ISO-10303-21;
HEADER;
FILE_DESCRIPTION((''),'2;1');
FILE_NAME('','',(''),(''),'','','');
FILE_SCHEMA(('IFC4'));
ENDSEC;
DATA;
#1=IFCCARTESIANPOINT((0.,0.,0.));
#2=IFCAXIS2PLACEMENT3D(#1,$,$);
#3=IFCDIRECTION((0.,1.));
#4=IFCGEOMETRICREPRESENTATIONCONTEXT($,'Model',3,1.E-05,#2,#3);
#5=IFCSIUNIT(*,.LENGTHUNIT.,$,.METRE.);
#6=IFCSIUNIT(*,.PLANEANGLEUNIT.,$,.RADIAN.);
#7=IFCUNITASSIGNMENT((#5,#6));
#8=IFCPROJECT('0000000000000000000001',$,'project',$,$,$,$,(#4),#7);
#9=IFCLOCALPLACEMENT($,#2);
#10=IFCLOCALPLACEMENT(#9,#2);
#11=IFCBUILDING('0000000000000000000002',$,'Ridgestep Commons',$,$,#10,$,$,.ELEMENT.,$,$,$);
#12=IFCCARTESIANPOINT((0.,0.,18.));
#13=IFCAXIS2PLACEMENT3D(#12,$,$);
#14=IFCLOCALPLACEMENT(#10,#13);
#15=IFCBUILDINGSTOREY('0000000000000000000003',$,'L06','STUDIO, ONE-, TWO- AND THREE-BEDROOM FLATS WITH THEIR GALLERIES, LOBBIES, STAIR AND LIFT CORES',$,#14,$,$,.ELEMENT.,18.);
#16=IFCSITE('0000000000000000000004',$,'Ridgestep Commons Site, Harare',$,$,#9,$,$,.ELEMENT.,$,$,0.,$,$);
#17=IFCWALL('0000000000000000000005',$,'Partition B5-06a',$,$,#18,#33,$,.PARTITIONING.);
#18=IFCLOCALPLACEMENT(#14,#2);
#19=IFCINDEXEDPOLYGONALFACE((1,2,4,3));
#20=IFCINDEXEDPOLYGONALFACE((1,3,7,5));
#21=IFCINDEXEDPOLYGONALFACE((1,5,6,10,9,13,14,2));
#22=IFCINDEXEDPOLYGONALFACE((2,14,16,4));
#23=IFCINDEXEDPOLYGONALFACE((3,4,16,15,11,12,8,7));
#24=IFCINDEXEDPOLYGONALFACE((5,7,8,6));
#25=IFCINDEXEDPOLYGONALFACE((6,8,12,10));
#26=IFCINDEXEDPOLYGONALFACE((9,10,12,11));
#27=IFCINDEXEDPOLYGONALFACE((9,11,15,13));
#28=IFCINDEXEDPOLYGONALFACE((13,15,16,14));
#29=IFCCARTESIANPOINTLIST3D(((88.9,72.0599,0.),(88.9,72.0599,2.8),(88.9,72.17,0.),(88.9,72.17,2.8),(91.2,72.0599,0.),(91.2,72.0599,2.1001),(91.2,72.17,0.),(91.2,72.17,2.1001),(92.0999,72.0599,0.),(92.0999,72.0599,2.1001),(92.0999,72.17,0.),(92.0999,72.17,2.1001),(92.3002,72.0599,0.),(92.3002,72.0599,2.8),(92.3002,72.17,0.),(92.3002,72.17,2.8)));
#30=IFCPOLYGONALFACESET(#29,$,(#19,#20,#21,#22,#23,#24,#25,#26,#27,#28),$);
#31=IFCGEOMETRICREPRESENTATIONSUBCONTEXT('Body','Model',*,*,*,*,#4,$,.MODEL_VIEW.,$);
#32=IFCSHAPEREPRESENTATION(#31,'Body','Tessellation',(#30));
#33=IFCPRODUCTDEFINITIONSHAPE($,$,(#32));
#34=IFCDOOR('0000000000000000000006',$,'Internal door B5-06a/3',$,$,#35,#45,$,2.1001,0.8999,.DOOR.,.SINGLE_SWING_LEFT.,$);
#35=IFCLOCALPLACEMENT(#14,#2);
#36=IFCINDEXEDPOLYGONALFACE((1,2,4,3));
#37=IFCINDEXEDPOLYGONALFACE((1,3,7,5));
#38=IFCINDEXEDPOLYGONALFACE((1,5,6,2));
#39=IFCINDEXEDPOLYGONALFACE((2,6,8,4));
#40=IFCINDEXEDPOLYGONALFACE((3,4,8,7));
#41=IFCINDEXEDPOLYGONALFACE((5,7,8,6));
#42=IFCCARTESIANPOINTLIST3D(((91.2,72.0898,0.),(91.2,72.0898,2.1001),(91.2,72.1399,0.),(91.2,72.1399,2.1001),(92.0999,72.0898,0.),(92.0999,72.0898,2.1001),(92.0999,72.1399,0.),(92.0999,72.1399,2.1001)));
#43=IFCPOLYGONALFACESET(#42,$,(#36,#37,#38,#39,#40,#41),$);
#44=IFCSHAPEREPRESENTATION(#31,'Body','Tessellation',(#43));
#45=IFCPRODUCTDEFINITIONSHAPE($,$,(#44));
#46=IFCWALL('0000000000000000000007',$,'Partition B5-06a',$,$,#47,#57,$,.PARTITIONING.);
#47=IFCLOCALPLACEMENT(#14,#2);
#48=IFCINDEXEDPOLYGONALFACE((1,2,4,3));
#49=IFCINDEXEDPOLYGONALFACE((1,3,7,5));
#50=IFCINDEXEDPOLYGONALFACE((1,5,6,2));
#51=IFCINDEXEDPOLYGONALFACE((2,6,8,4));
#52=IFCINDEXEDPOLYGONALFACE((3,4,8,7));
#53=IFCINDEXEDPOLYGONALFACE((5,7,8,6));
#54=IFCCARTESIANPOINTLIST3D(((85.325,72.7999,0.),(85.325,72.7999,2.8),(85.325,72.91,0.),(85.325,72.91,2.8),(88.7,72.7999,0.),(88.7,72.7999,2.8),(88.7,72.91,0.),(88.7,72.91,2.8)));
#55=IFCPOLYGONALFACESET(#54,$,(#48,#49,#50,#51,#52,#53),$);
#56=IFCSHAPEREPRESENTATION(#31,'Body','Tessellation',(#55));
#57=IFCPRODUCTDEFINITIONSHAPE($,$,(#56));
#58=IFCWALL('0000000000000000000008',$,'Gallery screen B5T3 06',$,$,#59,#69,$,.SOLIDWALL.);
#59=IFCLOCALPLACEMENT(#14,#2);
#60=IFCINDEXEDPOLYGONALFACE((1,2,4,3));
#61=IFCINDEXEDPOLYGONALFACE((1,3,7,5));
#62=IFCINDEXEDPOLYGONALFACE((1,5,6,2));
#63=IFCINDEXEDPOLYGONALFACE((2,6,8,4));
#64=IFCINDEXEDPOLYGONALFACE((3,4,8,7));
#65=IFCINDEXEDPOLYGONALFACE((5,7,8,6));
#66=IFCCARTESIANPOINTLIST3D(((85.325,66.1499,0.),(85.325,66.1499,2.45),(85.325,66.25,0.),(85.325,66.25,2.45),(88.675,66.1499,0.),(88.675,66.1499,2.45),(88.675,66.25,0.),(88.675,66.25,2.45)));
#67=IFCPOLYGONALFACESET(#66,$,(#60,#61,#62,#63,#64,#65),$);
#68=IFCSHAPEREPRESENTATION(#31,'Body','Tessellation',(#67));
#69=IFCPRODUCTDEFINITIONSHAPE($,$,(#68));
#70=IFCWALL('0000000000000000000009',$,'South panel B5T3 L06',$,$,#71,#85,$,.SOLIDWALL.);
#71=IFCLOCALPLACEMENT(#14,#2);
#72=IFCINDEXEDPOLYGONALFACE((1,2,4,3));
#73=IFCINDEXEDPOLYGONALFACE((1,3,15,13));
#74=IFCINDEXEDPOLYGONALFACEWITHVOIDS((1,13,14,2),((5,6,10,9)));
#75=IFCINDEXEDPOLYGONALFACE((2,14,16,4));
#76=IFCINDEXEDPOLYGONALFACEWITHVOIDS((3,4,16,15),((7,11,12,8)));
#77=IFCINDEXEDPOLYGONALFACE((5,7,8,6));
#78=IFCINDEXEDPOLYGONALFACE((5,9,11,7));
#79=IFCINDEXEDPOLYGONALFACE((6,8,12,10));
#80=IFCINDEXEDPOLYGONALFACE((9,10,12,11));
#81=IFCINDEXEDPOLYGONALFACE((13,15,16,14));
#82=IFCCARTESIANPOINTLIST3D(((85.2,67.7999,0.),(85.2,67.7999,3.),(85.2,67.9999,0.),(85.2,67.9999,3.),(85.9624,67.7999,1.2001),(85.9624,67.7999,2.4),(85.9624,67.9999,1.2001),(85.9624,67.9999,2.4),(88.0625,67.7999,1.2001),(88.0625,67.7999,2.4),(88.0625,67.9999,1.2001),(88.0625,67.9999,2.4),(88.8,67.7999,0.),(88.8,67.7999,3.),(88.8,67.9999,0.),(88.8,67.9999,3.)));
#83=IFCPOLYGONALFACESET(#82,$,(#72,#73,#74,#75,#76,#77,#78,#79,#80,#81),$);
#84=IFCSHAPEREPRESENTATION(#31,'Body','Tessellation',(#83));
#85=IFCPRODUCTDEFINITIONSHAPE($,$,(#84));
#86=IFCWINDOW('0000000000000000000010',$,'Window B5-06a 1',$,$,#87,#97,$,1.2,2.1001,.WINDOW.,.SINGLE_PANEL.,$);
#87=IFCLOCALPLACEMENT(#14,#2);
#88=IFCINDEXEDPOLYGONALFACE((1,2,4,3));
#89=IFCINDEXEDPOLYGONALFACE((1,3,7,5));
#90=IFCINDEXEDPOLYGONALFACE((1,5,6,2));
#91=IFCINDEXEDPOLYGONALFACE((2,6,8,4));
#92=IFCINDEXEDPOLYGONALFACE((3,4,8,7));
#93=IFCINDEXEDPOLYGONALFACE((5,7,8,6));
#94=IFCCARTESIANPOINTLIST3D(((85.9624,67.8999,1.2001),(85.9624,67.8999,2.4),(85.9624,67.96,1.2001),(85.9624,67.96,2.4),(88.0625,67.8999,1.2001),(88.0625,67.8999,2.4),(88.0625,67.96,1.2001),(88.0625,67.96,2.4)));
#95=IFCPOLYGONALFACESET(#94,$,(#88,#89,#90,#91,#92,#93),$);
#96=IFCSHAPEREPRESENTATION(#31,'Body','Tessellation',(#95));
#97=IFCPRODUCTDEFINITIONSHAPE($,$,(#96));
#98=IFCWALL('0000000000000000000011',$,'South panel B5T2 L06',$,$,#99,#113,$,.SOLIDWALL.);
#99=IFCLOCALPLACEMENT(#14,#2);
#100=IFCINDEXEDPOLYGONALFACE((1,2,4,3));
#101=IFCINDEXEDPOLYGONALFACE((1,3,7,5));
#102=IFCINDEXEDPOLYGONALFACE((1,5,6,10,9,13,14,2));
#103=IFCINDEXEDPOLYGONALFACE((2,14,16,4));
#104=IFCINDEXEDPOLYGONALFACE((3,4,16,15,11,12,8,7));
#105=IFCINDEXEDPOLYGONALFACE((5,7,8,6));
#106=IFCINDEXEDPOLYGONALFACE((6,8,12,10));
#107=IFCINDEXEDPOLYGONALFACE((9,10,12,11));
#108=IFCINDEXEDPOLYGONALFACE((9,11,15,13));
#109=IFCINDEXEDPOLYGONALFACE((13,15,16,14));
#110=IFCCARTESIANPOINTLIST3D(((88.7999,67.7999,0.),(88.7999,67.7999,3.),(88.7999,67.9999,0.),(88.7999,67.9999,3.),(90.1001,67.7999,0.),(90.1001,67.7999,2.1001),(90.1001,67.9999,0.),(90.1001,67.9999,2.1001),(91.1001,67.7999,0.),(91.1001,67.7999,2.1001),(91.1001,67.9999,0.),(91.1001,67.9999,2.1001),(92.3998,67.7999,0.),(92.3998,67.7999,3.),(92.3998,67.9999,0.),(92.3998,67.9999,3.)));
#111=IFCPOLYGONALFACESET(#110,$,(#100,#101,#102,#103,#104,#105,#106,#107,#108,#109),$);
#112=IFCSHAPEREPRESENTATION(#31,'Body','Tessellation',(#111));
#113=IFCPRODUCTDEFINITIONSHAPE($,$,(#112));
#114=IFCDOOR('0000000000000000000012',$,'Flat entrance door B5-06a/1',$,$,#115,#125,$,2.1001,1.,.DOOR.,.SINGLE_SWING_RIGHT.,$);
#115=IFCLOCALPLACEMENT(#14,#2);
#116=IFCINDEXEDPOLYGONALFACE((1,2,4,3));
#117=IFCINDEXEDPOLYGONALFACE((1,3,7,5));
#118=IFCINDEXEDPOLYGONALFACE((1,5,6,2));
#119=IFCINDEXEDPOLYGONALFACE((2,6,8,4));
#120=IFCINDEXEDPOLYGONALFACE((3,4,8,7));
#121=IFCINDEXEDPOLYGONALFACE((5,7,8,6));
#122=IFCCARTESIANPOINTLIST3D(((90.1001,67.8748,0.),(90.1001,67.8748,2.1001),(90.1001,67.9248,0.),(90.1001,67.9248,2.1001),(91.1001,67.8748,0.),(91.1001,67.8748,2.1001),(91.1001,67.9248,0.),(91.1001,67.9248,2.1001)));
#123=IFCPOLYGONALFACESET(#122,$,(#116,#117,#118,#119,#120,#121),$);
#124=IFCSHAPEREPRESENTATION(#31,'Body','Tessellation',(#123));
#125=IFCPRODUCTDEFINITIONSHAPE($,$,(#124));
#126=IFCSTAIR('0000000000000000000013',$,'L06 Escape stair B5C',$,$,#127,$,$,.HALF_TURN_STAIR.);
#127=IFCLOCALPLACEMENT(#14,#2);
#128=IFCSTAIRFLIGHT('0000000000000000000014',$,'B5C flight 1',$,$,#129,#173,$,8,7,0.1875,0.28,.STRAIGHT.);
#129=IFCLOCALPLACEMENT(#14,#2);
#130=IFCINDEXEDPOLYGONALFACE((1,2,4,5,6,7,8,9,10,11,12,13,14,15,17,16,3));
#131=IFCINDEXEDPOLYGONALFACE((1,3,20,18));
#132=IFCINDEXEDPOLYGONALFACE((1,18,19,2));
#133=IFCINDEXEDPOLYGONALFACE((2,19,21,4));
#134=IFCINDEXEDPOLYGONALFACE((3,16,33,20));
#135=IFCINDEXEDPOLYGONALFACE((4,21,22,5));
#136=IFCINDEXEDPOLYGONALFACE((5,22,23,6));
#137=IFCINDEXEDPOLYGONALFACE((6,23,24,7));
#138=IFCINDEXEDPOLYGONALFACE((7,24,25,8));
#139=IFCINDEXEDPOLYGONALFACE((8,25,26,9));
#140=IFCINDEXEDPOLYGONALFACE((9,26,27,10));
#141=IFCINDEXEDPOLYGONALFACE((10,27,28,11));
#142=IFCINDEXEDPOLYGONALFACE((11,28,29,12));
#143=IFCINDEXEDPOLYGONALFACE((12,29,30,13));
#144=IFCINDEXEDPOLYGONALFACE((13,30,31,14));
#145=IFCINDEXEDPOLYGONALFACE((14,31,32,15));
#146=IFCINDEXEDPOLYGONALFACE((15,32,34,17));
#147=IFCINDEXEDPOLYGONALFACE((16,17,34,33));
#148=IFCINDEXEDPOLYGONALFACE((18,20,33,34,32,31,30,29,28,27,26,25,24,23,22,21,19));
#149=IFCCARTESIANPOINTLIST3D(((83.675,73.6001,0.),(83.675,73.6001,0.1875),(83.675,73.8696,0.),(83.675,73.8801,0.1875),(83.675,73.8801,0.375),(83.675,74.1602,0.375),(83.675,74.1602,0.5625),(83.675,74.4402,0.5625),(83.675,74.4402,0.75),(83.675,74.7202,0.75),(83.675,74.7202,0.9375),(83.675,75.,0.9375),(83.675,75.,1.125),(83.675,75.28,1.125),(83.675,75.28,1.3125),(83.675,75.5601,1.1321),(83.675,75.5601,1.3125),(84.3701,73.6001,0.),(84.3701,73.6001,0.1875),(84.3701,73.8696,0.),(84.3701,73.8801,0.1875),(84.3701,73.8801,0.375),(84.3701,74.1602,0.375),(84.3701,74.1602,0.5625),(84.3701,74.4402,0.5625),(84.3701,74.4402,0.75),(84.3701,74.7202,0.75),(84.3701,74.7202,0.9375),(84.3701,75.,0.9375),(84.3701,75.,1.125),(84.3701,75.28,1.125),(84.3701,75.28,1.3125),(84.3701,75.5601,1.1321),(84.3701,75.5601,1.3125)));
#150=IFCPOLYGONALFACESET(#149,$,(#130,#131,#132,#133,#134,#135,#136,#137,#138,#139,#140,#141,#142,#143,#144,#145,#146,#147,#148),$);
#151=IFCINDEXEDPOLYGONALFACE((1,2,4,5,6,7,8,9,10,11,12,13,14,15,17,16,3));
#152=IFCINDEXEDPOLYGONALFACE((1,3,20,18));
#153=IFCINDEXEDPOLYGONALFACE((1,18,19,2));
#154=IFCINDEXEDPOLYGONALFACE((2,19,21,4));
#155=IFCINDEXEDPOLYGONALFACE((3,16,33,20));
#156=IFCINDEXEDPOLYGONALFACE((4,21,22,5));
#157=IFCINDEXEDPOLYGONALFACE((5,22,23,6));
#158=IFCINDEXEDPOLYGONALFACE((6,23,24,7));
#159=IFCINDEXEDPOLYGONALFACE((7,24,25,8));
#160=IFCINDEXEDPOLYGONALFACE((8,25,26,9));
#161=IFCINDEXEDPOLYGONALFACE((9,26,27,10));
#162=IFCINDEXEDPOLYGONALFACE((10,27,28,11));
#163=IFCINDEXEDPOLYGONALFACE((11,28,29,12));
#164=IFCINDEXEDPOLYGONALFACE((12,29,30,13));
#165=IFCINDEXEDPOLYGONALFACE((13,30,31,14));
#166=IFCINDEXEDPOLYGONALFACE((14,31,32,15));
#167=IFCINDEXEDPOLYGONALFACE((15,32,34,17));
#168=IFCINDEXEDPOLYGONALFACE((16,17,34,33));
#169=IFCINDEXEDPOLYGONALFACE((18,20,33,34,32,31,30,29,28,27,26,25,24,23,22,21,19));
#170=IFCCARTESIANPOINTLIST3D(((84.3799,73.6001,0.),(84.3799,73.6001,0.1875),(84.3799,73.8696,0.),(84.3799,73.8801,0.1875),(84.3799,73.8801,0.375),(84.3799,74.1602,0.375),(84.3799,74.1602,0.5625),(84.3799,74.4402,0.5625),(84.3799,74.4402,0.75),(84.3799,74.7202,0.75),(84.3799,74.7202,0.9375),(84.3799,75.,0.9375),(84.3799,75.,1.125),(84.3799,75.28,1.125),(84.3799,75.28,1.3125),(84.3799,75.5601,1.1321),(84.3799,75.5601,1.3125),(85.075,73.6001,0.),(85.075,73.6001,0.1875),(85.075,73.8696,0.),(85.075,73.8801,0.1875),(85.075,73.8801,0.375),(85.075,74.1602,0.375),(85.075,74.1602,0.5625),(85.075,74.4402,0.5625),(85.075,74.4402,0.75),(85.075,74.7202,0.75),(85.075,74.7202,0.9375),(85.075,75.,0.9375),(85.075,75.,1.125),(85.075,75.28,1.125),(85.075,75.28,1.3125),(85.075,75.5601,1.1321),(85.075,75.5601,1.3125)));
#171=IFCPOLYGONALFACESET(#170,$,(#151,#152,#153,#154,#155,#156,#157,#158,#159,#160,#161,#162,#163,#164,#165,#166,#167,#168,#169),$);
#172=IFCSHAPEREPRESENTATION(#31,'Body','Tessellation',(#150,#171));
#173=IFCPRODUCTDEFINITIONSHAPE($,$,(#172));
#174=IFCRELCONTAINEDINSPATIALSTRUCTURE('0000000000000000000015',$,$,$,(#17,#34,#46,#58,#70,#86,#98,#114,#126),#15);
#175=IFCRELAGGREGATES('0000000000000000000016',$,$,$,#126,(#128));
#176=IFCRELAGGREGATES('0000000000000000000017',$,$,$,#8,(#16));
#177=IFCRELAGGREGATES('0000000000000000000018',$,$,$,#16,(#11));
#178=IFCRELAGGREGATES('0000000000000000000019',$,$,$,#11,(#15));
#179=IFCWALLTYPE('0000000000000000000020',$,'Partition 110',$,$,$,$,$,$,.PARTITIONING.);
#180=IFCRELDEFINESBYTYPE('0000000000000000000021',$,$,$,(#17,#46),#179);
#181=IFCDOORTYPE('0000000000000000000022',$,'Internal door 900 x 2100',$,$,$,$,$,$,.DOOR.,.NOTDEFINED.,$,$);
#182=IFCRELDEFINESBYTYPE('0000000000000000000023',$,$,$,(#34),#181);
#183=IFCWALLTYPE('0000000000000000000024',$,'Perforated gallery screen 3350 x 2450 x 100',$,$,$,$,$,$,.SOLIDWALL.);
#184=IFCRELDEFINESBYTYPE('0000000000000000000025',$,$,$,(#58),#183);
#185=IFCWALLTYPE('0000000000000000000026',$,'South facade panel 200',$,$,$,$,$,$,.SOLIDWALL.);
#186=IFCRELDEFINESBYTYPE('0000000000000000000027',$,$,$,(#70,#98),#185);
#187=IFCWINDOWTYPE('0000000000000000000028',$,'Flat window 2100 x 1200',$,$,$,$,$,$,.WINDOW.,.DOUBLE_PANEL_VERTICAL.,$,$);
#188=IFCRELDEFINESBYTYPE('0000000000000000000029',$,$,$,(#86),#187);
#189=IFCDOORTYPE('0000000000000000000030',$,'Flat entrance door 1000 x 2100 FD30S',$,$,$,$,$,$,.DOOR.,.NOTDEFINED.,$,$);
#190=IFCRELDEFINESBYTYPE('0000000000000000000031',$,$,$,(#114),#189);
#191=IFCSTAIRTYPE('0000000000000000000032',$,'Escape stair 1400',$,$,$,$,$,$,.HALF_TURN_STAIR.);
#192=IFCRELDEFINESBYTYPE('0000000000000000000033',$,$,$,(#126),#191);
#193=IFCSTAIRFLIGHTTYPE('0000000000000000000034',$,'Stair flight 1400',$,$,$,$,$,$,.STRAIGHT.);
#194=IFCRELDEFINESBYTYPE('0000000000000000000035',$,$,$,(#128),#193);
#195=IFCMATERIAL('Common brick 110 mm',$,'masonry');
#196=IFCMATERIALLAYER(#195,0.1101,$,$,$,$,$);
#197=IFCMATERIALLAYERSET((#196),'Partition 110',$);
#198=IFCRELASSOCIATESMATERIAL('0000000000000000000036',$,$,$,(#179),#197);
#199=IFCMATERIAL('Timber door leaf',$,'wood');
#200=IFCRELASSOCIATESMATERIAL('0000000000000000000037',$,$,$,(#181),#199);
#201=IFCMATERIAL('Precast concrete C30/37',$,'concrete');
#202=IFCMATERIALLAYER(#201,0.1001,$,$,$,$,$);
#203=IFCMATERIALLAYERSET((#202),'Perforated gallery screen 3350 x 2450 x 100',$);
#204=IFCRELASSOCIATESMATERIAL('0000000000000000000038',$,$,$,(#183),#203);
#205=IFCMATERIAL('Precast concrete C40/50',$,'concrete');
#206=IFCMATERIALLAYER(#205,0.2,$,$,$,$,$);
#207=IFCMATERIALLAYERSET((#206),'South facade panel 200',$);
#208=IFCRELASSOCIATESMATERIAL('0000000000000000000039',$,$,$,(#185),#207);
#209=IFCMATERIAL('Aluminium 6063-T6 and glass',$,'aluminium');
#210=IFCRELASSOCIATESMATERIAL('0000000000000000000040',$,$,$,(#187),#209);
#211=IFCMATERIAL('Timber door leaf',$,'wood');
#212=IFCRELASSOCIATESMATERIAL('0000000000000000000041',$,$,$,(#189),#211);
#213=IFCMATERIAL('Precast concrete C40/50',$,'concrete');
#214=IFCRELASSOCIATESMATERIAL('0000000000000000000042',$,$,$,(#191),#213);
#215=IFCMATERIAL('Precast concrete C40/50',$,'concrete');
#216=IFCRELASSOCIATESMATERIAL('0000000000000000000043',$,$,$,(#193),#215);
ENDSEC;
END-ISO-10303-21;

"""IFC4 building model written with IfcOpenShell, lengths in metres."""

from ifc_helpers import new_model, si_unit, direction, frame, frame_2d, origin, place, context, subcontext, project, spatial, polyline, rectangle, outline, extrude, material, layer, layer_set, type_object, element, fill, aggregate, save


model = new_model("IFC4")

# Units and contexts
model_context = context("Model", 3, precision=1e-05, world=origin(), true_north=direction((0.0, 1.0)))
body_context = subcontext(model_context, "Body", "Model", "MODEL_VIEW")
ifc_project = project(units=[si_unit("LENGTHUNIT", "METRE"), si_unit("PLANEANGLEUNIT", "RADIAN")], contexts=[model_context])

# Site, building, storey
site_placement = place(None, origin())
site = spatial("IfcSite", under=ifc_project, at=site_placement, Name="Ridgestep Commons Site, Harare", CompositionType="ELEMENT", RefElevation=0.0)
building_placement = place(site_placement, origin())
building = spatial("IfcBuilding", under=site, at=building_placement, Name="Ridgestep Commons", CompositionType="ELEMENT")
storey_placement = place(building_placement, frame((0.0, 0.0, 18.0)))
storey = spatial("IfcBuildingStorey", under=building, at=storey_placement, Name="L06", Description="STUDIO, ONE-, TWO- AND THREE-BEDROOM FLATS WITH THEIR GALLERIES, LOBBIES, STAIR AND LIFT CORES", CompositionType="ELEMENT", Elevation=18.0)

# Wall, opening, door
ifc_material_1 = material(Name="Common brick 110 mm", Category="masonry")
ifc_layer_1 = layer(ifc_material_1, 0.1101)
ifc_layer_set_1 = layer_set([ifc_layer_1], Name="Partition 110")
wall_type_1 = type_object("IfcWallType", Name="Partition 110", PredefinedType="PARTITIONING", material=ifc_layer_set_1)
wall_1_placement = place(storey_placement, frame((88.8999, 72.115, 0.0), z_axis=(0.0, 0.0, 1.0), x_axis=(1.0, 0.0, 0.0)))
wall_1 = element("IfcWall", 1, at=wall_1_placement, inside=storey, type_object=wall_type_1, Name="Partition B5-06a", PredefinedType="PARTITIONING", context=body_context, shape_type="SweptSolid", body=[
    extrude(rectangle(XDim=3.4001, YDim=0.1101, at=frame_2d((1.7002, 0.0))), origin(), (0.0, 0.0, 1.0), 2.8),
])
opening_1_placement = place(wall_1_placement, frame((2.3, 0.0, 0.0)))
opening_1 = element("IfcOpeningElement", 2, at=opening_1_placement, cuts=wall_1, PredefinedType="OPENING", context=body_context, shape_type="SweptSolid", body=[
    extrude(rectangle(XDim=0.8999, YDim=2.1001, at=frame_2d((0.45, 1.05))), frame((0.0, 0.0649, 0.0), z_axis=(0.0, -1.0, 0.0), x_axis=(1.0, 0.0, 0.0)), (0.0, 0.0, 1.0), 0.1301),
])
ifc_material_2 = material(Name="Timber door leaf", Category="wood")
door_type_1 = type_object("IfcDoorType", Name="Internal door 900 x 2100", OperationType="NOTDEFINED", PredefinedType="DOOR", material=ifc_material_2)
door_1_placement = place(opening_1_placement, origin())
door_1 = element("IfcDoor", 3, at=door_1_placement, inside=storey, type_object=door_type_1, Name="Internal door B5-06a/3", OperationType="SINGLE_SWING_LEFT", OverallHeight=2.1001, OverallWidth=0.8999, PredefinedType="DOOR", context=body_context, shape_type="SweptSolid", body=[
    extrude(rectangle(XDim=0.8999, YDim=2.1001, at=frame_2d((0.45, 1.05))), frame((0.0, 0.0249, 0.0), z_axis=(0.0, -1.0, 0.0), x_axis=(1.0, 0.0, 0.0)), (0.0, 0.0, 1.0), 0.05),
])
fill(opening_1, door_1)

# Walls
wall_2_placement = place(storey_placement, frame((85.325, 72.855, 0.0), z_axis=(0.0, 0.0, 1.0), x_axis=(1.0, 0.0, 0.0)))
element("IfcWall", 4, at=wall_2_placement, inside=storey, type_object=wall_type_1, Name="Partition B5-06a", PredefinedType="PARTITIONING", context=body_context, shape_type="SweptSolid", body=[
    extrude(rectangle(XDim=3.375, YDim=0.1101, at=frame_2d((1.6875, 0.0))), origin(), (0.0, 0.0, 1.0), 2.8),
])
ifc_material_3 = material(Name="Precast concrete C30/37", Category="concrete")
ifc_layer_2 = layer(ifc_material_3, 0.1001)
ifc_layer_set_2 = layer_set([ifc_layer_2], Name="Perforated gallery screen 3350 x 2450 x 100")
wall_type_2 = type_object("IfcWallType", Name="Perforated gallery screen 3350 x 2450 x 100", PredefinedType="SOLIDWALL", material=ifc_layer_set_2)
wall_3_placement = place(storey_placement, frame((85.325, 66.2, 0.0), z_axis=(0.0, 0.0, 1.0), x_axis=(1.0, 0.0, 0.0)))
element("IfcWall", 5, at=wall_3_placement, inside=storey, type_object=wall_type_2, Name="Gallery screen B5T3 06", PredefinedType="SOLIDWALL", context=body_context, shape_type="SweptSolid", body=[
    extrude(rectangle(XDim=3.3501, YDim=0.1001, at=frame_2d((1.675, 0.0))), origin(), (0.0, 0.0, 1.0), 2.45),
])

# Wall, opening, window
ifc_material_4 = material(Name="Precast concrete C40/50", Category="concrete")
ifc_layer_3 = layer(ifc_material_4, 0.2)
ifc_layer_set_3 = layer_set([ifc_layer_3], Name="South facade panel 200")
wall_type_3 = type_object("IfcWallType", Name="South facade panel 200", PredefinedType="SOLIDWALL", material=ifc_layer_set_3)
wall_4_placement = place(storey_placement, frame((85.2, 67.8999, 0.0), z_axis=(0.0, 0.0, 1.0), x_axis=(1.0, 0.0, 0.0)))
wall_4 = element("IfcWall", 6, at=wall_4_placement, inside=storey, type_object=wall_type_3, Name="South panel B5T3 L06", PredefinedType="SOLIDWALL", context=body_context, shape_type="SweptSolid", body=[
    extrude(rectangle(XDim=3.6001, YDim=0.2, at=frame_2d((1.8, 0.0))), origin(), (0.0, 0.0, 1.0), 3.0),
])
opening_2_placement = place(wall_4_placement, frame((0.7625, 0.0, 1.2)))
opening_2 = element("IfcOpeningElement", 7, at=opening_2_placement, cuts=wall_4, PredefinedType="OPENING", context=body_context, shape_type="SweptSolid", body=[
    extrude(rectangle(XDim=2.1001, YDim=1.2, at=frame_2d((1.05, 0.6001))), frame((0.0, 0.1099, 0.0), z_axis=(0.0, -1.0, 0.0), x_axis=(1.0, 0.0, 0.0)), (0.0, 0.0, 1.0), 0.22),
])
ifc_material_5 = material(Name="Aluminium 6063-T6 and glass", Category="aluminium")
window_type = type_object("IfcWindowType", Name="Flat window 2100 x 1200", PartitioningType="DOUBLE_PANEL_VERTICAL", PredefinedType="WINDOW", material=ifc_material_5)
window_placement = place(opening_2_placement, origin())
window = element("IfcWindow", 8, at=window_placement, inside=storey, type_object=window_type, Name="Window B5-06a 1", OverallHeight=1.2, OverallWidth=2.1001, PartitioningType="SINGLE_PANEL", PredefinedType="WINDOW", context=body_context, shape_type="SweptSolid", body=[
    extrude(rectangle(XDim=2.1001, YDim=1.2, at=frame_2d((1.05, 0.6001))), frame((0.0, 0.0601, 0.0), z_axis=(0.0, -1.0, 0.0), x_axis=(1.0, 0.0, 0.0)), (0.0, 0.0, 1.0), 0.0601),
])
fill(opening_2, window)

# Wall, opening, door
wall_5_placement = place(storey_placement, frame((88.8, 67.8999, 0.0), z_axis=(0.0, 0.0, 1.0), x_axis=(1.0, 0.0, 0.0)))
wall_5 = element("IfcWall", 9, at=wall_5_placement, inside=storey, type_object=wall_type_3, Name="South panel B5T2 L06", PredefinedType="SOLIDWALL", context=body_context, shape_type="SweptSolid", body=[
    extrude(rectangle(XDim=3.5999, YDim=0.2, at=frame_2d((1.7998, 0.0))), origin(), (0.0, 0.0, 1.0), 3.0),
])
opening_3_placement = place(wall_5_placement, frame((1.3, 0.0, 0.0)))
opening_3 = element("IfcOpeningElement", 10, at=opening_3_placement, cuts=wall_5, PredefinedType="OPENING", context=body_context, shape_type="SweptSolid", body=[
    extrude(rectangle(XDim=1.0, YDim=2.1001, at=frame_2d((0.5, 1.05))), frame((0.0, 0.1099, 0.0), z_axis=(0.0, -1.0, 0.0), x_axis=(1.0, 0.0, 0.0)), (0.0, 0.0, 1.0), 0.22),
])
ifc_material_6 = material(Name="Timber door leaf", Category="wood")
door_type_2 = type_object("IfcDoorType", Name="Flat entrance door 1000 x 2100 FD30S", OperationType="NOTDEFINED", PredefinedType="DOOR", material=ifc_material_6)
door_2_placement = place(opening_3_placement, origin())
door_2 = element("IfcDoor", 11, at=door_2_placement, inside=storey, type_object=door_type_2, Name="Flat entrance door B5-06a/1", OperationType="SINGLE_SWING_RIGHT", OverallHeight=2.1001, OverallWidth=1.0, PredefinedType="DOOR", context=body_context, shape_type="SweptSolid", body=[
    extrude(rectangle(XDim=1.0, YDim=2.1001, at=frame_2d((0.5, 1.05))), frame((0.0, 0.0249, 0.0), z_axis=(0.0, -1.0, 0.0), x_axis=(1.0, 0.0, 0.0)), (0.0, 0.0, 1.0), 0.05),
])
fill(opening_3, door_2)

# Stair, stair flight
ifc_material_7 = material(Name="Precast concrete C40/50", Category="concrete")
stair_type = type_object("IfcStairType", Name="Escape stair 1400", PredefinedType="HALF_TURN_STAIR", material=ifc_material_7)
stair_placement = place(storey_placement, origin())
stair = element("IfcStair", 12, at=stair_placement, inside=storey, type_object=stair_type, Name="L06 Escape stair B5C", PredefinedType="HALF_TURN_STAIR")
ifc_material_8 = material(Name="Precast concrete C40/50", Category="concrete")
stair_flight_type = type_object("IfcStairFlightType", Name="Stair flight 1400", PredefinedType="STRAIGHT", material=ifc_material_8)
stair_flight_placement = place(storey_placement, frame((84.375, 73.6001, 0.0), z_axis=(0.0, 0.0, 1.0), x_axis=(0.0, 1.0, 0.0)))
stair_flight = element("IfcStairFlight", 13, at=stair_flight_placement, type_object=stair_flight_type, Name="B5C flight 1", NumberOfRisers=8, NumberOfTreads=7, PredefinedType="STRAIGHT", RiserHeight=0.1875, TreadLength=0.28, context=body_context, shape_type="SweptSolid", body=[
    extrude(outline(polyline([(0.0, 0.0), (0.0, 0.1875), (0.28, 0.1875), (0.28, 0.375), (0.5601, 0.375), (0.5601, 0.5625), (0.8401, 0.5625), (0.8401, 0.75), (1.1201, 0.75), (1.1201, 0.9375), (1.3999, 0.9375), (1.3999, 1.125), (1.6799, 1.125), (1.6799, 1.3125), (1.96, 1.3125), (1.96, 1.5), (1.96, 1.1321), (0.2695, 0.0), (0.0, 0.0)])), frame((0.0, 0.7, 0.0), z_axis=(0.0, -1.0, 0.0), x_axis=(1.0, 0.0, 0.0)), (0.0, 0.0, 1.0), 0.6951),
    extrude(outline(polyline([(0.0, 0.0), (0.0, 0.1875), (0.28, 0.1875), (0.28, 0.375), (0.5601, 0.375), (0.5601, 0.5625), (0.8401, 0.5625), (0.8401, 0.75), (1.1201, 0.75), (1.1201, 0.9375), (1.3999, 0.9375), (1.3999, 1.125), (1.6799, 1.125), (1.6799, 1.3125), (1.96, 1.3125), (1.96, 1.5), (1.96, 1.1321), (0.2695, 0.0), (0.0, 0.0)])), frame((0.0, -0.0049, 0.0), z_axis=(0.0, -1.0, 0.0), x_axis=(1.0, 0.0, 0.0)), (0.0, 0.0, 1.0), 0.6951),
])
aggregate(stair, [stair_flight])

save(model, "model.ifc")
